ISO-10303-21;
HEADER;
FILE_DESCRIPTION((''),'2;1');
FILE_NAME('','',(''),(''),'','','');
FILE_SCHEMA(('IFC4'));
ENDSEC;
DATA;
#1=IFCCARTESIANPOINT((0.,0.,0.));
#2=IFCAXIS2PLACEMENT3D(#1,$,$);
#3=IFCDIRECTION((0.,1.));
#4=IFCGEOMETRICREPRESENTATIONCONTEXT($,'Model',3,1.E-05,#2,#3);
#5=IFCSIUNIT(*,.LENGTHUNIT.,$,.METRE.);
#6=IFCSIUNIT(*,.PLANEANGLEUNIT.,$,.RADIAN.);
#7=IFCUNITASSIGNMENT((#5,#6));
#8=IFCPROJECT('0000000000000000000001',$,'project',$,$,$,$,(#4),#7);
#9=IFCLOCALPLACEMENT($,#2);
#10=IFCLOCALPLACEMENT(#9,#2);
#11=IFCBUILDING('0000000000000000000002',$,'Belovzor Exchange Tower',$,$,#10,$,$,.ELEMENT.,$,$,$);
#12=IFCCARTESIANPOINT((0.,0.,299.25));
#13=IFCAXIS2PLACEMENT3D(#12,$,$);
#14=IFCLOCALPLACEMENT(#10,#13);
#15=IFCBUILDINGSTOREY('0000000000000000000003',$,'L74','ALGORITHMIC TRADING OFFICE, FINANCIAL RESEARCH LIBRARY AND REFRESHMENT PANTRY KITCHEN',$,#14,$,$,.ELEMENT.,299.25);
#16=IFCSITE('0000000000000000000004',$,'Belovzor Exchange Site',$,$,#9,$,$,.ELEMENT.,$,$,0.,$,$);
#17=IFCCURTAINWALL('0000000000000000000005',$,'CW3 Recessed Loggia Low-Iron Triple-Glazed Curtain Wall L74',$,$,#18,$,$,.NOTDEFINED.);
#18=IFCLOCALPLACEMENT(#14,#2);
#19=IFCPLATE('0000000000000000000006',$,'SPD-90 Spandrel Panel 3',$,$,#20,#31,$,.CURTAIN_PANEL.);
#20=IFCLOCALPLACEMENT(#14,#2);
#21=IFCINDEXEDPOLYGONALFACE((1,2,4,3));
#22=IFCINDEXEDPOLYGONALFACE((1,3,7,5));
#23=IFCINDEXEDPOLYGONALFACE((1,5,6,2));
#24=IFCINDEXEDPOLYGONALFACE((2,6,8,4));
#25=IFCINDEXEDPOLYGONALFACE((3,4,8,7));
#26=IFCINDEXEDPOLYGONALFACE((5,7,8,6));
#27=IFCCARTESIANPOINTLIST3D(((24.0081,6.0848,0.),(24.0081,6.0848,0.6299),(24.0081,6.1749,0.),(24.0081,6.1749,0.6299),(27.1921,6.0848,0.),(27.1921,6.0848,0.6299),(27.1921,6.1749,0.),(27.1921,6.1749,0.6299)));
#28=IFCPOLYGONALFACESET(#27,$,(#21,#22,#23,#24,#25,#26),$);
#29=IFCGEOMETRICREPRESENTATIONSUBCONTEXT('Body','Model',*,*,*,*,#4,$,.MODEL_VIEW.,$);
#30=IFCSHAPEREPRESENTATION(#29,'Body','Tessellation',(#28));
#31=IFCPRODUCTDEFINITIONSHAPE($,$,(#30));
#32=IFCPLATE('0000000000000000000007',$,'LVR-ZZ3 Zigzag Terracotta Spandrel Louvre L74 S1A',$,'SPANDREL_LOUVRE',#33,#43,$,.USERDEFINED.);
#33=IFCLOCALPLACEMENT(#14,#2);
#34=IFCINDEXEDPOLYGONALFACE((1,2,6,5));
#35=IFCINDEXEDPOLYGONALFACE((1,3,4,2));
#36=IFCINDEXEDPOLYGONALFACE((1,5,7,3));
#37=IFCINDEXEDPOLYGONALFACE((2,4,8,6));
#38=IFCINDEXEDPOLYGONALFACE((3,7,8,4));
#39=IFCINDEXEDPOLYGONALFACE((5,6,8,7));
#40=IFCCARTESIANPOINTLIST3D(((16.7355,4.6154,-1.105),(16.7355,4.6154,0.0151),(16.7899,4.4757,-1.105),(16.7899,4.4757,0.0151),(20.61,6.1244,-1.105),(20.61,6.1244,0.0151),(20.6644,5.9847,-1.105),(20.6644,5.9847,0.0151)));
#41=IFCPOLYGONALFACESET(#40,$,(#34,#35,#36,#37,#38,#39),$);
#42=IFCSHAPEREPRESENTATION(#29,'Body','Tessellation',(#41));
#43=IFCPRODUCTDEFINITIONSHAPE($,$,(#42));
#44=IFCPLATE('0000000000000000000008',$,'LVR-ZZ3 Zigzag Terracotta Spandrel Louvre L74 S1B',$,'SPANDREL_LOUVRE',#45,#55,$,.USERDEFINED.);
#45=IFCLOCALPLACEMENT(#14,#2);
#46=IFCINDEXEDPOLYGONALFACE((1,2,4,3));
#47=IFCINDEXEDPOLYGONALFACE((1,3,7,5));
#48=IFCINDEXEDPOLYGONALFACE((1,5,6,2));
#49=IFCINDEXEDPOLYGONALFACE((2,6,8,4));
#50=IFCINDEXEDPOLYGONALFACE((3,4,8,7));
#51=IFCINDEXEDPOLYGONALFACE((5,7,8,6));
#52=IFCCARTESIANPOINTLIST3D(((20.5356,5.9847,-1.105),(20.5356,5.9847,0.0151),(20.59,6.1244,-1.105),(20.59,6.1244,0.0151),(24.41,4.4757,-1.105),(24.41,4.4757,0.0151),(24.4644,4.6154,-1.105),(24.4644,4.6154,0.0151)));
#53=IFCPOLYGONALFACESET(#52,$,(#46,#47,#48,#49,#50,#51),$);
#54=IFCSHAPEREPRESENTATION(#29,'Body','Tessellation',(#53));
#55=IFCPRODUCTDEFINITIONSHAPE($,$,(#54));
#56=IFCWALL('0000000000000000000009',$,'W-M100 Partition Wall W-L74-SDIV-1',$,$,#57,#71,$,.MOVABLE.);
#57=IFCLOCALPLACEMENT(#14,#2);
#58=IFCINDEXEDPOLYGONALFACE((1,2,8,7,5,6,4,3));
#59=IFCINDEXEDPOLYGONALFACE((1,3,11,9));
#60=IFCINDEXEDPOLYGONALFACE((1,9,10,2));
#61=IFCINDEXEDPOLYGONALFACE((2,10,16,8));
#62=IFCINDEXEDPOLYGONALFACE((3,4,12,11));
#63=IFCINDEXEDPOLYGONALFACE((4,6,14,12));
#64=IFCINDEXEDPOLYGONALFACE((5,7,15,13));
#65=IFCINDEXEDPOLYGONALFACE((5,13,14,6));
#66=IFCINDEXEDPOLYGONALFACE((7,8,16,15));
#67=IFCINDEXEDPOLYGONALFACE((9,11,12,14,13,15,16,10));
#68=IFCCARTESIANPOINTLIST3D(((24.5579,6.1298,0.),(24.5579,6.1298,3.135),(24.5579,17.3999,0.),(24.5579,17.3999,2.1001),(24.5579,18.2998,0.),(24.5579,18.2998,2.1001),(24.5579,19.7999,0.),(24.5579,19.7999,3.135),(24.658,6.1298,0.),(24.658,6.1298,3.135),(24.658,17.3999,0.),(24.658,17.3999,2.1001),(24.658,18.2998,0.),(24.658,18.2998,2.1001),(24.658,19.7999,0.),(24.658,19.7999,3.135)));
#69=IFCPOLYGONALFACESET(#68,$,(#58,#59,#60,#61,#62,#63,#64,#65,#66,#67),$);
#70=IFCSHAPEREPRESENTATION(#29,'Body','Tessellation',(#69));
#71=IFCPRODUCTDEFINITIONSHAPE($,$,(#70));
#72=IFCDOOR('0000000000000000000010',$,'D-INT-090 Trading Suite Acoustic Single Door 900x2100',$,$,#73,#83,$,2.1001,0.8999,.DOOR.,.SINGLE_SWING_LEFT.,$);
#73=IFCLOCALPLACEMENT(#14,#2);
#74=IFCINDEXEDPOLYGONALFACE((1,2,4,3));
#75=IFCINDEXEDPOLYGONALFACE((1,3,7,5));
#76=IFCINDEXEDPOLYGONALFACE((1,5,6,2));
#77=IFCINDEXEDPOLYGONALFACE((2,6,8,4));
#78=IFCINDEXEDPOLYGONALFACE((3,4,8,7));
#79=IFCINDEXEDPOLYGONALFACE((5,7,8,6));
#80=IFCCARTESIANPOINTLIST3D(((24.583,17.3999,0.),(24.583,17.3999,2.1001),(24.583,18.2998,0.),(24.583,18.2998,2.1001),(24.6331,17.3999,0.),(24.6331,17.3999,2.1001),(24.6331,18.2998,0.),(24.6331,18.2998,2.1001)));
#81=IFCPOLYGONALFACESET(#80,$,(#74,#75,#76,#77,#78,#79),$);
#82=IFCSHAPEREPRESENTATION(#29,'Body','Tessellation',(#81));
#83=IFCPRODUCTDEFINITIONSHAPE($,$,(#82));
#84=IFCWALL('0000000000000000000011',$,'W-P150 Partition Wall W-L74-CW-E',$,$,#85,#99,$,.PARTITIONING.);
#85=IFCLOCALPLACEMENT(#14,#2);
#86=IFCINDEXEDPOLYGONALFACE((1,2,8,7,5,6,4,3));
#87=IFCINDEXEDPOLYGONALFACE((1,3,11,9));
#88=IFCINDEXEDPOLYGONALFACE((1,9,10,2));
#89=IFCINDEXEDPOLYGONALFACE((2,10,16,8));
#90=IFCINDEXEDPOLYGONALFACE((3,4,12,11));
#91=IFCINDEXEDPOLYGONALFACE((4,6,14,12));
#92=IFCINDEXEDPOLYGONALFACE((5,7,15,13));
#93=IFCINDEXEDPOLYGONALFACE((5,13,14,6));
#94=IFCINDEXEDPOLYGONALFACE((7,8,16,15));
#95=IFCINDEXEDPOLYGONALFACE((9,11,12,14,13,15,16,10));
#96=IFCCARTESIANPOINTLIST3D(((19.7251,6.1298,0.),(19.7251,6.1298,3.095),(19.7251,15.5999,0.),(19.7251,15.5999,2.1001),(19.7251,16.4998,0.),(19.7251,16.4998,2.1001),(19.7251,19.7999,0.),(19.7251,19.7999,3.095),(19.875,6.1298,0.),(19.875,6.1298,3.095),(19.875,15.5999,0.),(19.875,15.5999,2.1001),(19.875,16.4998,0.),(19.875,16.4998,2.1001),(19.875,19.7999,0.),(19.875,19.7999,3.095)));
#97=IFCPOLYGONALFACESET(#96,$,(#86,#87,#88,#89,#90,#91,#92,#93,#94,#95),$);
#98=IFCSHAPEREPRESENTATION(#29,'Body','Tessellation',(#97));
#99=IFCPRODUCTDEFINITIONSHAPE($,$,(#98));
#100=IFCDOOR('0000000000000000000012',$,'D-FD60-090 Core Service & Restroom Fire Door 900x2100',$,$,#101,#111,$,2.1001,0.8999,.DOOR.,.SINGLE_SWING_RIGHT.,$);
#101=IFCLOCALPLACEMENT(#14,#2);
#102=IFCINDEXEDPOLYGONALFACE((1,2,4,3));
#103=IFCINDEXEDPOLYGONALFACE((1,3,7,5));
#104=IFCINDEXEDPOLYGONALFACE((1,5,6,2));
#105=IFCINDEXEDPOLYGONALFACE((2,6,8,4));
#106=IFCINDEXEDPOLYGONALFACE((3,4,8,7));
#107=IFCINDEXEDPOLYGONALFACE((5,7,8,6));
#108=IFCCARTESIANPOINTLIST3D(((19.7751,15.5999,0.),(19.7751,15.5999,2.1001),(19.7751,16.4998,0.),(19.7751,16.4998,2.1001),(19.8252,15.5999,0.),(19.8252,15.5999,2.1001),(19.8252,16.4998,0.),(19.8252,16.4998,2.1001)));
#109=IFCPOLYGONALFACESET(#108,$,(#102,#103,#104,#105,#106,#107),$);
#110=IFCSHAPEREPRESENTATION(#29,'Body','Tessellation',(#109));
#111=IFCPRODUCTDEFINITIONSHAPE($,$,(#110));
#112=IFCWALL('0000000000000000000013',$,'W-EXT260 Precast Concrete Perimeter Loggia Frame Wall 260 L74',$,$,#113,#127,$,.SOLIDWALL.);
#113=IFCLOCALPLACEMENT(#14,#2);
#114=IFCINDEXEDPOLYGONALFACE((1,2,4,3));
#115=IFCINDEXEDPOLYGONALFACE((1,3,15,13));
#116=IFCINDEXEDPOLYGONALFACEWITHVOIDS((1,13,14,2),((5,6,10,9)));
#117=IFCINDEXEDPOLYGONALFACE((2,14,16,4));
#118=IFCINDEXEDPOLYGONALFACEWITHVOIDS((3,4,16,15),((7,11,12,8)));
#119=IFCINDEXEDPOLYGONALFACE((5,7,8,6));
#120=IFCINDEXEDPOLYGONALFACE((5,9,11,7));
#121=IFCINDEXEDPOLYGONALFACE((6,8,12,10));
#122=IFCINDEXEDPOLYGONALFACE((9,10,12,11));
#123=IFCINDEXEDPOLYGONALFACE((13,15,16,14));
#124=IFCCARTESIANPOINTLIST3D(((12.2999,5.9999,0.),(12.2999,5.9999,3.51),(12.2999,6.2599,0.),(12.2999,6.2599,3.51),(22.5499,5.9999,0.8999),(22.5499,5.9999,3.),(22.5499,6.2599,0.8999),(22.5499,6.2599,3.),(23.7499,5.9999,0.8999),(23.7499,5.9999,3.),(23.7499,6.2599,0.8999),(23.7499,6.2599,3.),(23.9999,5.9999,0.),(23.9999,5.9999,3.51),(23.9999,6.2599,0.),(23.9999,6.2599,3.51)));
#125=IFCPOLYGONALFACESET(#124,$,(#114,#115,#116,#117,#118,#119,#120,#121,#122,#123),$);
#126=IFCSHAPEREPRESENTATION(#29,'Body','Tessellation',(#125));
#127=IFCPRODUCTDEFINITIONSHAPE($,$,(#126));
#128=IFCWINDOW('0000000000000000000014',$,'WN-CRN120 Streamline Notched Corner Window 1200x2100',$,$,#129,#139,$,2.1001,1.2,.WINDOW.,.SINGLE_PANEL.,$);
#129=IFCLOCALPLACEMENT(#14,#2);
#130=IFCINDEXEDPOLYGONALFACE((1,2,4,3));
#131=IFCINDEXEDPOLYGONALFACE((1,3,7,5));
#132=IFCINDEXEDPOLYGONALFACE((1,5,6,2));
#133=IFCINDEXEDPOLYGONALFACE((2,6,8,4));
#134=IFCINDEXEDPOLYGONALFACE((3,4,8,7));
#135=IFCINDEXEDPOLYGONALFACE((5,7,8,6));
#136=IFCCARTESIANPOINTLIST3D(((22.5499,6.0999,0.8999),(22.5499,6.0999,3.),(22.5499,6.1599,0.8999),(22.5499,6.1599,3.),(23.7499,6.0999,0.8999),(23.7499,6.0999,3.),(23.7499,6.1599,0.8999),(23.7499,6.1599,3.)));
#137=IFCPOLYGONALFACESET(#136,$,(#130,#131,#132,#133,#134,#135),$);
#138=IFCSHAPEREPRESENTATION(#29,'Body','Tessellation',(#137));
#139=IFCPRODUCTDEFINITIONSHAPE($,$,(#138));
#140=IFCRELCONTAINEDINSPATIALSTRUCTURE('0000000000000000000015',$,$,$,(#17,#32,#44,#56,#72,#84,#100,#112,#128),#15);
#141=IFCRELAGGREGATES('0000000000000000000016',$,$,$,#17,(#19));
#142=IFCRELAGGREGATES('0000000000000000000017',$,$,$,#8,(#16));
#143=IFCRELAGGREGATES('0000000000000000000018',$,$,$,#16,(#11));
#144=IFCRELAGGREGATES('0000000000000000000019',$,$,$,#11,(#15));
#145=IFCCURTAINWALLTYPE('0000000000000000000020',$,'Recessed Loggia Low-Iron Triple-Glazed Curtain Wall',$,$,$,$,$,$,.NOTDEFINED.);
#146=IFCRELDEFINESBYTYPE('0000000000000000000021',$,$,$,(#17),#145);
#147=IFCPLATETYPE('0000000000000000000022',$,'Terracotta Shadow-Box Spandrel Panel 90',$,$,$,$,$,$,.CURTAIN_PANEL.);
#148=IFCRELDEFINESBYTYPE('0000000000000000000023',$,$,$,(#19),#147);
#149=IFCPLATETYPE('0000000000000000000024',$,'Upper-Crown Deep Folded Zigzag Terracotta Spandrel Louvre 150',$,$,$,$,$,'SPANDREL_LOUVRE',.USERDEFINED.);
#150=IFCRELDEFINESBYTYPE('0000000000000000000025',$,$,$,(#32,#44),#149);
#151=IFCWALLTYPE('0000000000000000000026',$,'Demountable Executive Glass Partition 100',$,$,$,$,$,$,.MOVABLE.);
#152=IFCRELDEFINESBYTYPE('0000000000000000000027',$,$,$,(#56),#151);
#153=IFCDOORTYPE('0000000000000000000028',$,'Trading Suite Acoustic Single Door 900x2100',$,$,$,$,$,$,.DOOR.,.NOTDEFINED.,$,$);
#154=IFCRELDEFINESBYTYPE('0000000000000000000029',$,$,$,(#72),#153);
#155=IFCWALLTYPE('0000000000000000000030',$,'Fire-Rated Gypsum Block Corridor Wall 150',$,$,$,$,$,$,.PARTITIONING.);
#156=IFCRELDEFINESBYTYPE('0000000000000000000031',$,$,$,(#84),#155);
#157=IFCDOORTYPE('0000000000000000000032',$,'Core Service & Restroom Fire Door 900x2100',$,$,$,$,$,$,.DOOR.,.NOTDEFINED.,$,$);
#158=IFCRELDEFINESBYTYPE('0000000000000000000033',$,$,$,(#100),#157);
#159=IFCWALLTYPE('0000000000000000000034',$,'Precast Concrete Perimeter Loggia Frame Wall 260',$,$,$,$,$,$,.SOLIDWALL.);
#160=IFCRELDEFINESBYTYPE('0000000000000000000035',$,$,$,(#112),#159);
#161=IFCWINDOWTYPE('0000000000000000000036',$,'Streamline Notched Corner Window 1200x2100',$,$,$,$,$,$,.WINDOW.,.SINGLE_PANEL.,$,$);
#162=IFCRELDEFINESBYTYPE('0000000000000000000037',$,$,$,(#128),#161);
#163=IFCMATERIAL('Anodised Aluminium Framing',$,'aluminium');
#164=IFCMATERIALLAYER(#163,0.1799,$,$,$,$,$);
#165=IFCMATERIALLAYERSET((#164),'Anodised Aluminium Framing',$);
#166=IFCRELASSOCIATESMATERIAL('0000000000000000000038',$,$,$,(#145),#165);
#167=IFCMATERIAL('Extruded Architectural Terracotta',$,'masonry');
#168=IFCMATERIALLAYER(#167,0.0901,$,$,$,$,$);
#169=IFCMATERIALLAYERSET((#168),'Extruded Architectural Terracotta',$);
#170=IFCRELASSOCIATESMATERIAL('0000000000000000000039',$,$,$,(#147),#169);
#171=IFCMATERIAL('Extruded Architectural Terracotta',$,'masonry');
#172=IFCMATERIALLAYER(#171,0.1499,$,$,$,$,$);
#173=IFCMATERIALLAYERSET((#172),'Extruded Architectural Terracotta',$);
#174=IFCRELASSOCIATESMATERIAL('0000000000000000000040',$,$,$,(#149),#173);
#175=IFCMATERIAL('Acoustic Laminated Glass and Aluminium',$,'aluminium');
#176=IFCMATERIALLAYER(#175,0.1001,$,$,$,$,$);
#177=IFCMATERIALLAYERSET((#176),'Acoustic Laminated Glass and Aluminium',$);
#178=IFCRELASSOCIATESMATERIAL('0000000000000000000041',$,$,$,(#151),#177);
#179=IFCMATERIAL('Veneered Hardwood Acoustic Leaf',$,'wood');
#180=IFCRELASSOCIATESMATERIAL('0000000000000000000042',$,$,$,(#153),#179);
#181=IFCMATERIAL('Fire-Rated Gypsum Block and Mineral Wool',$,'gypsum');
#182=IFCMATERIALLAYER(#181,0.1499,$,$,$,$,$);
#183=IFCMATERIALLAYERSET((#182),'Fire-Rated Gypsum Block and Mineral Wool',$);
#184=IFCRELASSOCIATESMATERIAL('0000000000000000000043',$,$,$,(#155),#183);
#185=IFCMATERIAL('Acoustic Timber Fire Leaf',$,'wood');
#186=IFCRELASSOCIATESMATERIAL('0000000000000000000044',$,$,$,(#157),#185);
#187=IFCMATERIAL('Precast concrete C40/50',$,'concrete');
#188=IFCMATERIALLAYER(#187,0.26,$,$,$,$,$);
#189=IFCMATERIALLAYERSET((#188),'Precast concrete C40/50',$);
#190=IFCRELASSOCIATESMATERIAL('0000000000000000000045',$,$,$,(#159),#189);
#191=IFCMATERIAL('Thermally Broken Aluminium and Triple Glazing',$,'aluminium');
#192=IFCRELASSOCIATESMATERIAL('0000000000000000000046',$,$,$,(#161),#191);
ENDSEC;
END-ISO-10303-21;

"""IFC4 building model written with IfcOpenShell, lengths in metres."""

from ifc_helpers import new_model, si_unit, direction, frame, frame_2d, origin, origin_2d, place, context, subcontext, project, spatial, rectangle, extrude, material, layer, layer_set, type_object, element, fill, aggregate, save


model = new_model("IFC4")

# Units and contexts
model_context = context("Model", 3, precision=1e-05, world=origin(), true_north=direction((0.0, 1.0)))
body_context = subcontext(model_context, "Body", "Model", "MODEL_VIEW")
ifc_project = project(units=[si_unit("LENGTHUNIT", "METRE"), si_unit("PLANEANGLEUNIT", "RADIAN")], contexts=[model_context])

# Site, building, storey
site_placement = place(None, origin())
site = spatial("IfcSite", under=ifc_project, at=site_placement, Name="Belovzor Exchange Site", CompositionType="ELEMENT", RefElevation=0.0)
building_placement = place(site_placement, origin())
building = spatial("IfcBuilding", under=site, at=building_placement, Name="Belovzor Exchange Tower", CompositionType="ELEMENT")
storey_placement = place(building_placement, frame((0.0, 0.0, 299.25)))
storey = spatial("IfcBuildingStorey", under=building, at=storey_placement, Name="L74", Description="ALGORITHMIC TRADING OFFICE, FINANCIAL RESEARCH LIBRARY AND REFRESHMENT PANTRY KITCHEN", CompositionType="ELEMENT", Elevation=299.25)

# Curtain wall
ifc_material_1 = material(Name="Anodised Aluminium Framing", Category="aluminium")
ifc_layer_1 = layer(ifc_material_1, 0.1799)
ifc_layer_set_1 = layer_set([ifc_layer_1], Name="Anodised Aluminium Framing")
curtain_wall_type = type_object("IfcCurtainWallType", Name="Recessed Loggia Low-Iron Triple-Glazed Curtain Wall", PredefinedType="NOTDEFINED", material=ifc_layer_set_1)
curtain_wall_placement = place(storey_placement, origin())
curtain_wall = element("IfcCurtainWall", 1, at=curtain_wall_placement, inside=storey, type_object=curtain_wall_type, Name="CW3 Recessed Loggia Low-Iron Triple-Glazed Curtain Wall L74", PredefinedType="NOTDEFINED")

# Plate
ifc_material_2 = material(Name="Extruded Architectural Terracotta", Category="masonry")
ifc_layer_2 = layer(ifc_material_2, 0.0901)
ifc_layer_set_2 = layer_set([ifc_layer_2], Name="Extruded Architectural Terracotta")
plate_type_1 = type_object("IfcPlateType", Name="Terracotta Shadow-Box Spandrel Panel 90", PredefinedType="CURTAIN_PANEL", material=ifc_layer_set_2)
plate_1_placement = place(storey_placement, frame((25.6001, 6.1299, 0.0), z_axis=(0.0, 0.0, 1.0), x_axis=(-1.0, 0.0, 0.0)))
plate_1 = element("IfcPlate", 2, at=plate_1_placement, type_object=plate_type_1, Name="SPD-90 Spandrel Panel 3", PredefinedType="CURTAIN_PANEL", context=body_context, shape_type="SweptSolid", body=[
    extrude(rectangle(XDim=3.1841, YDim=0.0901, at=origin_2d()), origin(), (0.0, 0.0, 1.0), 0.6299),
])
aggregate(curtain_wall, [plate_1])

# Plates
ifc_material_3 = material(Name="Extruded Architectural Terracotta", Category="masonry")
ifc_layer_3 = layer(ifc_material_3, 0.1499)
ifc_layer_set_3 = layer_set([ifc_layer_3], Name="Extruded Architectural Terracotta")
plate_type_2 = type_object("IfcPlateType", Name="Upper-Crown Deep Folded Zigzag Terracotta Spandrel Louvre 150", ElementType="SPANDREL_LOUVRE", PredefinedType="USERDEFINED", material=ifc_layer_set_3)
for number, where, z_axis, x_axis, name in (
    (3, (18.7, 5.3, -1.105), (0.0, 0.0, 1.0), (0.931818, 0.362926, 0.0), "LVR-ZZ3 Zigzag Terracotta Spandrel Louvre L74 S1A"),
    (4, (22.5, 5.3, -1.105), (0.0, 0.0, 1.0), (0.931818, -0.362926, 0.0), "LVR-ZZ3 Zigzag Terracotta Spandrel Louvre L74 S1B"),
):
    element("IfcPlate", number, at=place(storey_placement, frame(where, z_axis=z_axis, x_axis=x_axis)), inside=storey, type_object=plate_type_2, Name=name, ObjectType="SPANDREL_LOUVRE", PredefinedType="USERDEFINED", context=body_context, shape_type="SweptSolid", body=[
        extrude(rectangle(XDim=4.158, YDim=0.1499, at=origin_2d()), origin(), (0.0, 0.0, 1.0), 1.1201),
    ])

# Walls, openings, doors
ifc_material_4 = material(Name="Acoustic Laminated Glass and Aluminium", Category="aluminium")
ifc_layer_4 = layer(ifc_material_4, 0.1001)
ifc_layer_set_4 = layer_set([ifc_layer_4], Name="Acoustic Laminated Glass and Aluminium")
wall_type_1 = type_object("IfcWallType", Name="Demountable Executive Glass Partition 100", PredefinedType="MOVABLE", material=ifc_layer_set_4)
wall_1_placement = place(storey_placement, frame((24.6079, 6.1299, 0.0), z_axis=(0.0, 0.0, 1.0), x_axis=(0.0, 1.0, 0.0)))
wall_1 = element("IfcWall", 5, at=wall_1_placement, inside=storey, type_object=wall_type_1, Name="W-M100 Partition Wall W-L74-SDIV-1", PredefinedType="MOVABLE", context=body_context, shape_type="SweptSolid", body=[
    extrude(rectangle(XDim=13.6702, YDim=0.1001, at=frame_2d((6.835, 0.0))), origin(), (0.0, 0.0, 1.0), 3.135),
])
opening_1_placement = place(wall_1_placement, frame((11.27, 0.0, 0.0)))
opening_1 = element("IfcOpeningElement", 6, at=opening_1_placement, cuts=wall_1, PredefinedType="OPENING", context=body_context, shape_type="SweptSolid", body=[
    extrude(rectangle(XDim=0.8999, YDim=2.1001, at=frame_2d((0.45, 1.05))), frame((0.0, 0.0601, 0.0), z_axis=(0.0, -1.0, 0.0), x_axis=(1.0, 0.0, 0.0)), (0.0, 0.0, 1.0), 0.1201),
])
ifc_material_5 = material(Name="Veneered Hardwood Acoustic Leaf", Category="wood")
door_type_1 = type_object("IfcDoorType", Name="Trading Suite Acoustic Single Door 900x2100", OperationType="NOTDEFINED", PredefinedType="DOOR", material=ifc_material_5)
door_1_placement = place(opening_1_placement, origin())
door_1 = element("IfcDoor", 7, at=door_1_placement, inside=storey, type_object=door_type_1, Name="D-INT-090 Trading Suite Acoustic Single Door 900x2100", OperationType="SINGLE_SWING_LEFT", OverallHeight=2.1001, OverallWidth=0.8999, PredefinedType="DOOR", context=body_context, shape_type="SweptSolid", body=[
    extrude(rectangle(XDim=0.8999, YDim=2.1001, at=frame_2d((0.45, 1.05))), frame((0.0, 0.0249, 0.0), z_axis=(0.0, -1.0, 0.0), x_axis=(1.0, 0.0, 0.0)), (0.0, 0.0, 1.0), 0.05),
])
fill(opening_1, door_1)
ifc_material_6 = material(Name="Fire-Rated Gypsum Block and Mineral Wool", Category="gypsum")
ifc_layer_5 = layer(ifc_material_6, 0.1499)
ifc_layer_set_5 = layer_set([ifc_layer_5], Name="Fire-Rated Gypsum Block and Mineral Wool")
wall_type_2 = type_object("IfcWallType", Name="Fire-Rated Gypsum Block Corridor Wall 150", PredefinedType="PARTITIONING", material=ifc_layer_set_5)
wall_2_placement = place(storey_placement, frame((19.8, 6.1299, 0.0), z_axis=(0.0, 0.0, 1.0), x_axis=(0.0, 1.0, 0.0)))
wall_2 = element("IfcWall", 8, at=wall_2_placement, inside=storey, type_object=wall_type_2, Name="W-P150 Partition Wall W-L74-CW-E", PredefinedType="PARTITIONING", context=body_context, shape_type="SweptSolid", body=[
    extrude(rectangle(XDim=13.6702, YDim=0.1499, at=frame_2d((6.835, 0.0))), origin(), (0.0, 0.0, 1.0), 3.095),
])
opening_2_placement = place(wall_2_placement, frame((9.47, 0.0, 0.0)))
opening_2 = element("IfcOpeningElement", 9, at=opening_2_placement, cuts=wall_2, PredefinedType="OPENING", context=body_context, shape_type="SweptSolid", body=[
    extrude(rectangle(XDim=0.8999, YDim=2.1001, at=frame_2d((0.45, 1.05))), frame((0.0, 0.085, 0.0), z_axis=(0.0, -1.0, 0.0), x_axis=(1.0, 0.0, 0.0)), (0.0, 0.0, 1.0), 0.1699),
])
ifc_material_7 = material(Name="Acoustic Timber Fire Leaf", Category="wood")
door_type_2 = type_object("IfcDoorType", Name="Core Service & Restroom Fire Door 900x2100", OperationType="NOTDEFINED", PredefinedType="DOOR", material=ifc_material_7)
door_2_placement = place(opening_2_placement, origin())
door_2 = element("IfcDoor", 10, at=door_2_placement, inside=storey, type_object=door_type_2, Name="D-FD60-090 Core Service & Restroom Fire Door 900x2100", OperationType="SINGLE_SWING_RIGHT", OverallHeight=2.1001, OverallWidth=0.8999, PredefinedType="DOOR", context=body_context, shape_type="SweptSolid", body=[
    extrude(rectangle(XDim=0.8999, YDim=2.1001, at=frame_2d((0.45, 1.05))), frame((0.0, 0.0249, 0.0), z_axis=(0.0, -1.0, 0.0), x_axis=(1.0, 0.0, 0.0)), (0.0, 0.0, 1.0), 0.05),
])
fill(opening_2, door_2)

# Wall, opening, window
ifc_material_8 = material(Name="Precast concrete C40/50", Category="concrete")
ifc_layer_6 = layer(ifc_material_8, 0.26)
ifc_layer_set_6 = layer_set([ifc_layer_6], Name="Precast concrete C40/50")
wall_type_3 = type_object("IfcWallType", Name="Precast Concrete Perimeter Loggia Frame Wall 260", PredefinedType="SOLIDWALL", material=ifc_layer_set_6)
wall_3_placement = place(storey_placement, frame((24.0, 6.1299, 0.0), z_axis=(0.0, 0.0, 1.0), x_axis=(-1.0, 0.0, 0.0)))
wall_3 = element("IfcWall", 11, at=wall_3_placement, inside=storey, type_object=wall_type_3, Name="W-EXT260 Precast Concrete Perimeter Loggia Frame Wall 260 L74", PredefinedType="SOLIDWALL", context=body_context, shape_type="SweptSolid", body=[
    extrude(rectangle(XDim=11.7, YDim=0.26, at=frame_2d((5.8501, 0.0))), origin(), (0.0, 0.0, 1.0), 3.51),
])
opening_3_placement = place(wall_3_placement, frame((0.25, 0.0, 0.8999)))
opening_3 = element("IfcOpeningElement", 12, at=opening_3_placement, cuts=wall_3, PredefinedType="OPENING", context=body_context, shape_type="SweptSolid", body=[
    extrude(rectangle(XDim=1.2, YDim=2.1001, at=frame_2d((0.6001, 1.05))), frame((0.0, 0.1399, 0.0), z_axis=(0.0, -1.0, 0.0), x_axis=(1.0, 0.0, 0.0)), (0.0, 0.0, 1.0), 0.28),
])
ifc_material_9 = material(Name="Thermally Broken Aluminium and Triple Glazing", Category="aluminium")
window_type = type_object("IfcWindowType", Name="Streamline Notched Corner Window 1200x2100", PartitioningType="SINGLE_PANEL", PredefinedType="WINDOW", material=ifc_material_9)
window_placement = place(opening_3_placement, origin())
window = element("IfcWindow", 13, at=window_placement, inside=storey, type_object=window_type, Name="WN-CRN120 Streamline Notched Corner Window 1200x2100", OverallHeight=2.1001, OverallWidth=1.2, PartitioningType="SINGLE_PANEL", PredefinedType="WINDOW", context=body_context, shape_type="SweptSolid", body=[
    extrude(rectangle(XDim=1.2, YDim=2.1001, at=frame_2d((0.6001, 1.05))), frame((0.0, 0.03, 0.0), z_axis=(0.0, -1.0, 0.0), x_axis=(1.0, 0.0, 0.0)), (0.0, 0.0, 1.0), 0.0601),
])
fill(opening_3, window)

save(model, "model.ifc")
